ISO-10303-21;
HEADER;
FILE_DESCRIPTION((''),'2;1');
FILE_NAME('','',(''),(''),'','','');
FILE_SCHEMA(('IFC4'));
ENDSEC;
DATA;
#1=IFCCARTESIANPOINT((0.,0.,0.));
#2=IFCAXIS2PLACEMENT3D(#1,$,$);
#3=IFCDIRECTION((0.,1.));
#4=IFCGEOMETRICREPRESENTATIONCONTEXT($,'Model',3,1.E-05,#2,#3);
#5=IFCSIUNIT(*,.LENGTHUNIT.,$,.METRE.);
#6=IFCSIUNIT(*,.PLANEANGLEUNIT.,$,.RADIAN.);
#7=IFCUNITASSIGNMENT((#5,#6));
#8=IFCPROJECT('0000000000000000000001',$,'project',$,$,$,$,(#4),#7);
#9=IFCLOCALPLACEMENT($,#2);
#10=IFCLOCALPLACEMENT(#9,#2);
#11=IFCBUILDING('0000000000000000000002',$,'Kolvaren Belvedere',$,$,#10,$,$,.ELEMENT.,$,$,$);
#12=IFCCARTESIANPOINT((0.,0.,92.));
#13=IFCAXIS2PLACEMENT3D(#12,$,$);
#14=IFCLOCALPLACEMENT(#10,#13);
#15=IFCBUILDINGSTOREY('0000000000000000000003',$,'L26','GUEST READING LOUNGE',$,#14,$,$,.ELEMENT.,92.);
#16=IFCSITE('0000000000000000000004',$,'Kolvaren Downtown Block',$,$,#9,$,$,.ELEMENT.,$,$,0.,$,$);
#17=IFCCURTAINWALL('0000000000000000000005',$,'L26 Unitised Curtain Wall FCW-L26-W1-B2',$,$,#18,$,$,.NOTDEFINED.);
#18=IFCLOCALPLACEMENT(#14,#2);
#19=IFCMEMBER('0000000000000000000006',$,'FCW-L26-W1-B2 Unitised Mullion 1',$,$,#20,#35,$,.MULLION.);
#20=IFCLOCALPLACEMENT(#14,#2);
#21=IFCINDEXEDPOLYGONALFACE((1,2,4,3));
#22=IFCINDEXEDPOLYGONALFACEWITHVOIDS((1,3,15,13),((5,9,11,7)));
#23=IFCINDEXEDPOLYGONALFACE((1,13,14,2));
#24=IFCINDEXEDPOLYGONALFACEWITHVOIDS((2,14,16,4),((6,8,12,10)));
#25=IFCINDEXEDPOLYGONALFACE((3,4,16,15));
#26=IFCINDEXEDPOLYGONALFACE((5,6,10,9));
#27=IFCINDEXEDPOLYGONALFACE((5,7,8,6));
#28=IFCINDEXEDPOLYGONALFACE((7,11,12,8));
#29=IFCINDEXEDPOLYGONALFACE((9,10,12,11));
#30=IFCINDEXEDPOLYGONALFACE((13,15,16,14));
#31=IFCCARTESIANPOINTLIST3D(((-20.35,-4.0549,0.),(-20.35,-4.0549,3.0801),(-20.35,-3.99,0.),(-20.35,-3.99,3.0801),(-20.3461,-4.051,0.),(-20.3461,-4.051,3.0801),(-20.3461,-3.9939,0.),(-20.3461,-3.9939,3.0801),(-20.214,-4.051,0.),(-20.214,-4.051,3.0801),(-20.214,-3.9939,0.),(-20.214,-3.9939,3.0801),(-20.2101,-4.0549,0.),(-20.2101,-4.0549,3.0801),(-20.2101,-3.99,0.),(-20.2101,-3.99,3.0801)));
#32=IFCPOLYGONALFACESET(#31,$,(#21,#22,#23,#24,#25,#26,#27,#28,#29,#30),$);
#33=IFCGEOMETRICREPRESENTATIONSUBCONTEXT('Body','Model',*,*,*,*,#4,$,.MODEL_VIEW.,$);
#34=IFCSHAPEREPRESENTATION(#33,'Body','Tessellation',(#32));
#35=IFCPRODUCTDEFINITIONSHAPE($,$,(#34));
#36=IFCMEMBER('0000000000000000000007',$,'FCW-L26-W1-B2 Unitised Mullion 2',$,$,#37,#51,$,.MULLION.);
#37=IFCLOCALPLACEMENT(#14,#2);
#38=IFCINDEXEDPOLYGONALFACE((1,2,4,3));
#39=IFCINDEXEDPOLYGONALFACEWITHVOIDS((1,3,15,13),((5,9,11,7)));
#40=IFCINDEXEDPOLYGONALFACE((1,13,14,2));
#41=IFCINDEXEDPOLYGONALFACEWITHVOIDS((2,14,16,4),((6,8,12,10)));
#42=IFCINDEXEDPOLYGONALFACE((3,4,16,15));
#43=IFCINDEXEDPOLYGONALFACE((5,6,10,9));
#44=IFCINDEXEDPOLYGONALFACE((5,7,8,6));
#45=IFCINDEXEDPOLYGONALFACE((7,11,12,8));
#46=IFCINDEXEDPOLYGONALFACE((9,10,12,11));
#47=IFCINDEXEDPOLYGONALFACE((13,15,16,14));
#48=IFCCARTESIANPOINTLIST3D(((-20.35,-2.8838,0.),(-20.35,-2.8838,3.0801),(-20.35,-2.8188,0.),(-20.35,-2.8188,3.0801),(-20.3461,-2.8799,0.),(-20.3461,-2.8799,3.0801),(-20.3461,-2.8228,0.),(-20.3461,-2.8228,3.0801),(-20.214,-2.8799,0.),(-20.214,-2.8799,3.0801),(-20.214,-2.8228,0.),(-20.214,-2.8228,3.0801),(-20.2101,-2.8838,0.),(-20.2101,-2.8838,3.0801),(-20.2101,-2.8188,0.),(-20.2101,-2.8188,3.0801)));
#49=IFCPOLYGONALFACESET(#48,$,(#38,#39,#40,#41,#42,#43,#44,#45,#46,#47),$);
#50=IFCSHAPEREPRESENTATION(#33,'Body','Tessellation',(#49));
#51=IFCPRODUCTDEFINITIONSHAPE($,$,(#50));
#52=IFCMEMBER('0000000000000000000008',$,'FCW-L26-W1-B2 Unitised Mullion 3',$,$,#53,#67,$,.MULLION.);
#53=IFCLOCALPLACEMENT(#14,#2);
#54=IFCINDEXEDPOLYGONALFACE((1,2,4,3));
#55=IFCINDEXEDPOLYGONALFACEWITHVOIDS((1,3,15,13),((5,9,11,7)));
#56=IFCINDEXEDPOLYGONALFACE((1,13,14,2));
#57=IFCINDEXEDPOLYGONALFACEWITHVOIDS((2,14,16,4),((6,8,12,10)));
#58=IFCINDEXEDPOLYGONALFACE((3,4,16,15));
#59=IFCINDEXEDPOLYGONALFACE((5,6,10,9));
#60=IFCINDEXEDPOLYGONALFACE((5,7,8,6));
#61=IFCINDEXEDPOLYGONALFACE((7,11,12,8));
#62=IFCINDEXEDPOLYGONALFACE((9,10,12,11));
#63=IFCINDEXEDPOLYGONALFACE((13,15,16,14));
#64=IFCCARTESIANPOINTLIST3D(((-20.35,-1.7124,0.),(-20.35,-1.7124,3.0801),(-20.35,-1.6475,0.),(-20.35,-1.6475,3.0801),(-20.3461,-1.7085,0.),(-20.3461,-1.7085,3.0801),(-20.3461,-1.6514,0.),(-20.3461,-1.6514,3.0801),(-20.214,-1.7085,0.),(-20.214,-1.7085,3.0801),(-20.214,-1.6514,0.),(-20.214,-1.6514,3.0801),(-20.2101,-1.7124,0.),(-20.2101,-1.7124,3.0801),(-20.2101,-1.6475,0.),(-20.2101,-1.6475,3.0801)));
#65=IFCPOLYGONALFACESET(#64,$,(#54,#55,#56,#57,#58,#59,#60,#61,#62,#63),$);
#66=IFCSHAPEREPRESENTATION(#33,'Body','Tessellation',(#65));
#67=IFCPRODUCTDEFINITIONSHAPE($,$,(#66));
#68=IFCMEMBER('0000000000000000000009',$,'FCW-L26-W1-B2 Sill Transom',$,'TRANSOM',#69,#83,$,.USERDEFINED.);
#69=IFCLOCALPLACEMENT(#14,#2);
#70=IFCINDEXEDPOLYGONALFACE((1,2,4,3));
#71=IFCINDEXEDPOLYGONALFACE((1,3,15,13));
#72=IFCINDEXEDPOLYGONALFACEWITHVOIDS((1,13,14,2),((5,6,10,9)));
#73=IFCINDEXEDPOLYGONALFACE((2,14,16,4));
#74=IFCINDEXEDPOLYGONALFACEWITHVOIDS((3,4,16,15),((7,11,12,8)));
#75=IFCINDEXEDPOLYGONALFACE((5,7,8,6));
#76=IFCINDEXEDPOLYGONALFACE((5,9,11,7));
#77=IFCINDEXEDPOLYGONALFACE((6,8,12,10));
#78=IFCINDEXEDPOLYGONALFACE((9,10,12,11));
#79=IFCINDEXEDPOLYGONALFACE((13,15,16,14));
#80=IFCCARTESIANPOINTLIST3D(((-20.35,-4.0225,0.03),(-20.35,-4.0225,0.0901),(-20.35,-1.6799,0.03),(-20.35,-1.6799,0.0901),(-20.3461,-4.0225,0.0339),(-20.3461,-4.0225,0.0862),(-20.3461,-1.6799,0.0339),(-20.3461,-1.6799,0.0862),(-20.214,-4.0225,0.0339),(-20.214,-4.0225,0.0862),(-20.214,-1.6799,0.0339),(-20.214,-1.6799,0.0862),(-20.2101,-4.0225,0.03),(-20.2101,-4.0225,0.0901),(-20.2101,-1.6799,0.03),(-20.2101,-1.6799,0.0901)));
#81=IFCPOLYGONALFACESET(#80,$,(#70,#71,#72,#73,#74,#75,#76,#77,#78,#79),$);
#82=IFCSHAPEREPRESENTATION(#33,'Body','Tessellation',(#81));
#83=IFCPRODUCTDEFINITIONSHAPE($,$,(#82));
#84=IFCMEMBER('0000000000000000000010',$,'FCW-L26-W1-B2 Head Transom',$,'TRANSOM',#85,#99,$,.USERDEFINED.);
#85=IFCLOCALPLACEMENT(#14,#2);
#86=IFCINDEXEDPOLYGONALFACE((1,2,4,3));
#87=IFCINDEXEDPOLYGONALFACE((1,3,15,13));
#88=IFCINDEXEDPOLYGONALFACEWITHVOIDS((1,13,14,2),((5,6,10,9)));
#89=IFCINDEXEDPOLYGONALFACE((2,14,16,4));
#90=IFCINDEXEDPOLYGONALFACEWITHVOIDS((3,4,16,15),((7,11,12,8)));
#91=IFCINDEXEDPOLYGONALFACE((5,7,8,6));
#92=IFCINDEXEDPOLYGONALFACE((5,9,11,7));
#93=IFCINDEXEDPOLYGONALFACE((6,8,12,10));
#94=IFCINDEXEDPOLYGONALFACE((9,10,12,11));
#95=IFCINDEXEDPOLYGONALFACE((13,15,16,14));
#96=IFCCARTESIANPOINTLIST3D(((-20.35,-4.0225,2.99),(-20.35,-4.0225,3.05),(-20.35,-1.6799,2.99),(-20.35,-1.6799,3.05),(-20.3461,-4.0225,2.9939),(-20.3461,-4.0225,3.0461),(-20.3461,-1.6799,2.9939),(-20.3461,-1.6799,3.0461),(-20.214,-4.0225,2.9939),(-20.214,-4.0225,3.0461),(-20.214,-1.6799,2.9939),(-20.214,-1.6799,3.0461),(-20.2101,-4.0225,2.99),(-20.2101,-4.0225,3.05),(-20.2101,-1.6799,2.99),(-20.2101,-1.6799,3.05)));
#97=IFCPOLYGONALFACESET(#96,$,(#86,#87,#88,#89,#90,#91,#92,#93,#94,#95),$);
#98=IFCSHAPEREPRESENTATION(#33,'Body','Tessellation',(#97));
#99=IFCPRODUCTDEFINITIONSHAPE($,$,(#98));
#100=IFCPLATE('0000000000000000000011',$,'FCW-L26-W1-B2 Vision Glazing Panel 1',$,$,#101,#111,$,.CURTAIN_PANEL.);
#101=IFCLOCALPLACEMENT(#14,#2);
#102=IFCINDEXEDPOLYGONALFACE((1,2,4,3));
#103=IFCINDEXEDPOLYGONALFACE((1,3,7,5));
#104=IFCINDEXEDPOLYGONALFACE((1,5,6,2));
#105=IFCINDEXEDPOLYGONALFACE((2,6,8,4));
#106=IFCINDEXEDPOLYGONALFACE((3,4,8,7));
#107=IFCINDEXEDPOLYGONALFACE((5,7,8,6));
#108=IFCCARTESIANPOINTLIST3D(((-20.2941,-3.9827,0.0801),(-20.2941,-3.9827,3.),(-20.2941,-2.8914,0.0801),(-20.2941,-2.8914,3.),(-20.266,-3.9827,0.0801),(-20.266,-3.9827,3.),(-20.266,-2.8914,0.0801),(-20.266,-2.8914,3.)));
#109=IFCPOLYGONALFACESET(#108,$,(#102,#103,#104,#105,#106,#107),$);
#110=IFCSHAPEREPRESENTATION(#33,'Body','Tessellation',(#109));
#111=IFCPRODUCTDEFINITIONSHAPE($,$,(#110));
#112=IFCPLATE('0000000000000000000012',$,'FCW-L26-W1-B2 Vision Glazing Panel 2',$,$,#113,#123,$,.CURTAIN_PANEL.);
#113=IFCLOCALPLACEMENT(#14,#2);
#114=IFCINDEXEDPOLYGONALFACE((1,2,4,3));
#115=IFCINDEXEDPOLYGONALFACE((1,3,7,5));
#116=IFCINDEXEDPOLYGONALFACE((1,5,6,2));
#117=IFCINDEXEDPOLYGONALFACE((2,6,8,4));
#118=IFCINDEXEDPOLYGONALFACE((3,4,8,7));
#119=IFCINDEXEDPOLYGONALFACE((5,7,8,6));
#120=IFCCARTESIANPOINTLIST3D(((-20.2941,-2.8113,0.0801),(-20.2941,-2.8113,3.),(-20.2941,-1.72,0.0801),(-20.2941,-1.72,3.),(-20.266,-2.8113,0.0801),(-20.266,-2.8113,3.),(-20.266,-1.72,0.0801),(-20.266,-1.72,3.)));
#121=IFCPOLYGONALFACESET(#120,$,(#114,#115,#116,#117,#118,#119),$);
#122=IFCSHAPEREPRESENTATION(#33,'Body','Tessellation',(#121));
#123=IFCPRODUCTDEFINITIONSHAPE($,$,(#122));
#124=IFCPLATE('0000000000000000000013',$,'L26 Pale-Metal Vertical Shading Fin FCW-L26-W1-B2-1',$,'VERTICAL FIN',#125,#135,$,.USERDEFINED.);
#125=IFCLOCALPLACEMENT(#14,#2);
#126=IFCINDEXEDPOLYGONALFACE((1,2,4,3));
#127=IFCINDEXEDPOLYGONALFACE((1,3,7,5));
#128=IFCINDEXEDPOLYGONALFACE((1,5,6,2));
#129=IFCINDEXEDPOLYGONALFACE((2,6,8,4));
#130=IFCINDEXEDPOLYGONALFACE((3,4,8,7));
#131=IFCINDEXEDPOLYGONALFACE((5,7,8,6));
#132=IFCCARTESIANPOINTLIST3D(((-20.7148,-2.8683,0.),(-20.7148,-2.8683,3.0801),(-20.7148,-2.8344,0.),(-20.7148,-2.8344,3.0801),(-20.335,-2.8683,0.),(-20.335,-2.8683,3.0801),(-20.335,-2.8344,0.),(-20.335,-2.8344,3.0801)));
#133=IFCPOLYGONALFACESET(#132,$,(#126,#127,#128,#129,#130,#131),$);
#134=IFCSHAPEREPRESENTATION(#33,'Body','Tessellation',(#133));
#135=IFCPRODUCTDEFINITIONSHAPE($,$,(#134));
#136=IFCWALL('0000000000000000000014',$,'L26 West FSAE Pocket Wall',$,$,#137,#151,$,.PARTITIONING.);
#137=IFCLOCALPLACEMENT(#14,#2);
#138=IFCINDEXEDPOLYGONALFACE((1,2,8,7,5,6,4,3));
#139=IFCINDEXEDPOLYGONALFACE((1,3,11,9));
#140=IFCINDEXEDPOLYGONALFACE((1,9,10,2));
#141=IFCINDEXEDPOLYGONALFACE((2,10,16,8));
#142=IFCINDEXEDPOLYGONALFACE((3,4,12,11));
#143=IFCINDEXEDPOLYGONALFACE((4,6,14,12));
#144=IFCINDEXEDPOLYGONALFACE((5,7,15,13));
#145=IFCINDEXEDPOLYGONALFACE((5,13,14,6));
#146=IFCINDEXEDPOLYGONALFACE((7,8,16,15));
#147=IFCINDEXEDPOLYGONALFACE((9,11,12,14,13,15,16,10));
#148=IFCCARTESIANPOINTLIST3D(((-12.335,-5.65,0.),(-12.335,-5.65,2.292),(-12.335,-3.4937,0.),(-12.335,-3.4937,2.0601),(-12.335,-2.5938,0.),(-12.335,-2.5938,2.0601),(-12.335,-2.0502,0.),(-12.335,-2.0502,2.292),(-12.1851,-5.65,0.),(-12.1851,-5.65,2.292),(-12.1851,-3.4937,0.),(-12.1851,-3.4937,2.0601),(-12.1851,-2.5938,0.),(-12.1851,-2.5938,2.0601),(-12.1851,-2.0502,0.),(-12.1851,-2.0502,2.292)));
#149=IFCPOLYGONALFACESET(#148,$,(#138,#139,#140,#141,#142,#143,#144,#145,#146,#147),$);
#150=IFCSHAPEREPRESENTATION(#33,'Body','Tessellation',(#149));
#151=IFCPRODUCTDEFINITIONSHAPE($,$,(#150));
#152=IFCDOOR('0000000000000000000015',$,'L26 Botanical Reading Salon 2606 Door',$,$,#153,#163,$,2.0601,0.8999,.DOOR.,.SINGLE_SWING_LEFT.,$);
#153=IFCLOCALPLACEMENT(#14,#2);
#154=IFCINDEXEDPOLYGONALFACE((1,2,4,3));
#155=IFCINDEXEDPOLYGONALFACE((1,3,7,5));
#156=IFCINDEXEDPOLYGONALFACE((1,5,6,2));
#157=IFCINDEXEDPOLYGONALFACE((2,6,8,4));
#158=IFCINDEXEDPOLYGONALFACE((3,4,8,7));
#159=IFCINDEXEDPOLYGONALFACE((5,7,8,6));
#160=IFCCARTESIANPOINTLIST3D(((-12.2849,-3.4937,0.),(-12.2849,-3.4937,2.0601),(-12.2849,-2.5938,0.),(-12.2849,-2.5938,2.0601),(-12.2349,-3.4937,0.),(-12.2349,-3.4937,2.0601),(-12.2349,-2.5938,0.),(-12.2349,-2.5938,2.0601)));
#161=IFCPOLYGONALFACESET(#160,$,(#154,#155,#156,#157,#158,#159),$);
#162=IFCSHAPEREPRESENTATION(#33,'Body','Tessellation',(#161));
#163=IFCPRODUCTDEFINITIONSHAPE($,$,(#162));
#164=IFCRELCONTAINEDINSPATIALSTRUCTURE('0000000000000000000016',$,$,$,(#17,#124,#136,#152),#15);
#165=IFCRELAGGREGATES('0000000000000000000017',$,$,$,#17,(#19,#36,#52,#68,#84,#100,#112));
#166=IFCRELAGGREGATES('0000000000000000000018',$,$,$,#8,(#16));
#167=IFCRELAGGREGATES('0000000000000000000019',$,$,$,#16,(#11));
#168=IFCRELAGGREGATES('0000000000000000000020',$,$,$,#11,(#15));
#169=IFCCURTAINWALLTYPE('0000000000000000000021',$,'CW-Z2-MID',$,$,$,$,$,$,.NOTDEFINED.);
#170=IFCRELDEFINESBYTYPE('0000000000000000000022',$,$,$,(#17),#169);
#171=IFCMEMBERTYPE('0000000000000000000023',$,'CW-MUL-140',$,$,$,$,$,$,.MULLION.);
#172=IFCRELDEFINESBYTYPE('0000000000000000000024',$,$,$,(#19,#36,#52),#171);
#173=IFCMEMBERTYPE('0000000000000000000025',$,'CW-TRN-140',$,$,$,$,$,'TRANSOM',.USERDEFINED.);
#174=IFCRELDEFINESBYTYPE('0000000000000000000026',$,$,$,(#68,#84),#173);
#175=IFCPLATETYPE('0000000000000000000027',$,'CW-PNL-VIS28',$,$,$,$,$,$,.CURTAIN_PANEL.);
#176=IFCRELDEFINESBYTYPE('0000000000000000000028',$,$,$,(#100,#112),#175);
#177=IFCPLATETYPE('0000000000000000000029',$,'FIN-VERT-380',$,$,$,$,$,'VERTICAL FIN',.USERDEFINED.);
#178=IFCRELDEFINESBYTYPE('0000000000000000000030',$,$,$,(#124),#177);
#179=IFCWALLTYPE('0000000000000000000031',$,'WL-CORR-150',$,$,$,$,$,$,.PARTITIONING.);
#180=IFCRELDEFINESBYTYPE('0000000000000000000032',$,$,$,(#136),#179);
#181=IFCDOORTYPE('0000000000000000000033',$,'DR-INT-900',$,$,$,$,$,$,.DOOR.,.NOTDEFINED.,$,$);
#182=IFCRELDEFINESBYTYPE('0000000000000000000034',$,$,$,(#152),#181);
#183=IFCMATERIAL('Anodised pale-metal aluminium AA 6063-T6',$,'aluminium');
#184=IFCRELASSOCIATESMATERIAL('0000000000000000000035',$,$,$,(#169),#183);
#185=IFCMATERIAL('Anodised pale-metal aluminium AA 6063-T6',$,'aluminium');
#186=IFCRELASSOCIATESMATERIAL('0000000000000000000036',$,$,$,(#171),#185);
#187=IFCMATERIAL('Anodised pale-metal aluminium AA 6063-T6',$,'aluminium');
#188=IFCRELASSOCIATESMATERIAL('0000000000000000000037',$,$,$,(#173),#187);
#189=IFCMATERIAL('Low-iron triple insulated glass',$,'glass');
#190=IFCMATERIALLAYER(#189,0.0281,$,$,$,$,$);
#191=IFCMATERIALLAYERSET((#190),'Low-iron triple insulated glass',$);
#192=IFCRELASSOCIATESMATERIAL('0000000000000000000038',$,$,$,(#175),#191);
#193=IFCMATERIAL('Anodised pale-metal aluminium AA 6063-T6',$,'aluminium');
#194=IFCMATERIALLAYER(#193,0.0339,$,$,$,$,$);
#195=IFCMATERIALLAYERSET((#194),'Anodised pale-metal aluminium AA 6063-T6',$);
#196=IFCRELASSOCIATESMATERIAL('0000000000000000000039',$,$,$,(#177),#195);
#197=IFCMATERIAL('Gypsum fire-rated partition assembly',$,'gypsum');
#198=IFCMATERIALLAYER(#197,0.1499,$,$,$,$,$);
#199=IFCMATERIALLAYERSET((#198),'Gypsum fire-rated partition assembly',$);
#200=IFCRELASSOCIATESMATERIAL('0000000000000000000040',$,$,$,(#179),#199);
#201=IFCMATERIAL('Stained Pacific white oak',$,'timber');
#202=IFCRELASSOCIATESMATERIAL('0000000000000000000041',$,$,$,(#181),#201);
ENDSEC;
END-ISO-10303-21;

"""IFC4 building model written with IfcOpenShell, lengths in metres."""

from ifc_helpers import new_model, si_unit, direction, frame, frame_2d, origin, origin_2d, place, context, subcontext, project, spatial, rectangle, hollow_rectangle, extrude, material, layer, layer_set, material_profile, profile_set, type_object, element, fill, aggregate, save


model = new_model("IFC4")

# Units and contexts
model_context = context("Model", 3, precision=1e-05, world=origin(), true_north=direction((0.0, 1.0)))
body_context = subcontext(model_context, "Body", "Model", "MODEL_VIEW")
ifc_project = project(units=[si_unit("LENGTHUNIT", "METRE"), si_unit("PLANEANGLEUNIT", "RADIAN")], contexts=[model_context])

# Site, building, storey
site_placement = place(None, origin())
site = spatial("IfcSite", under=ifc_project, at=site_placement, Name="Kolvaren Downtown Block", CompositionType="ELEMENT", RefElevation=0.0)
building_placement = place(site_placement, origin())
building = spatial("IfcBuilding", under=site, at=building_placement, Name="Kolvaren Belvedere", CompositionType="ELEMENT")
storey_placement = place(building_placement, frame((0.0, 0.0, 92.0)))
storey = spatial("IfcBuildingStorey", under=building, at=storey_placement, Name="L26", Description="GUEST READING LOUNGE", CompositionType="ELEMENT", Elevation=92.0)

# Shared definitions
ifc_material_1 = material(Name="Anodised pale-metal aluminium AA 6063-T6", Category="aluminium")
curtain_wall_type = type_object("IfcCurtainWallType", Name="CW-Z2-MID", PredefinedType="NOTDEFINED", material=ifc_material_1)
ifc_material_2 = material(Name="Anodised pale-metal aluminium AA 6063-T6", Category="aluminium")
ifc_material_profile_1 = material_profile(ifc_material_2, hollow_rectangle(XDim=0.0649, YDim=0.1399, WallThickness=0.0039, at=origin_2d()), Name="ALU-MUL-140X65")
ifc_profile_set_1 = profile_set([ifc_material_profile_1], Name="Anodised pale-metal aluminium AA 6063-T6")
member_type_1 = type_object("IfcMemberType", Name="CW-MUL-140", PredefinedType="MULLION", material=ifc_profile_set_1)

# Curtain wall, members, plates
curtain_wall_1_placement = place(storey_placement, origin())
curtain_wall_1 = element("IfcCurtainWall", 1, at=curtain_wall_1_placement, inside=storey, type_object=curtain_wall_type, Name="L26 Unitised Curtain Wall FCW-L26-W1-B2", PredefinedType="NOTDEFINED")
member_1_placement = place(storey_placement, frame((-20.28, -4.0225, 0.0), z_axis=(0.0, 0.0, 1.0), x_axis=(0.0, 1.0, 0.0)))
member_1 = element("IfcMember", 2, at=member_1_placement, type_object=member_type_1, Name="FCW-L26-W1-B2 Unitised Mullion 1", PredefinedType="MULLION", context=body_context, shape_type="SweptSolid", body=[
    extrude(hollow_rectangle(XDim=0.0649, YDim=0.1399, WallThickness=0.0039, at=origin_2d()), origin(), (0.0, 0.0, 1.0), 3.0801),
])
member_2_placement = place(storey_placement, frame((-20.28, -2.8513, 0.0), z_axis=(0.0, 0.0, 1.0), x_axis=(0.0, 1.0, 0.0)))
member_2 = element("IfcMember", 3, at=member_2_placement, type_object=member_type_1, Name="FCW-L26-W1-B2 Unitised Mullion 2", PredefinedType="MULLION", context=body_context, shape_type="SweptSolid", body=[
    extrude(hollow_rectangle(XDim=0.0649, YDim=0.1399, WallThickness=0.0039, at=origin_2d()), origin(), (0.0, 0.0, 1.0), 3.0801),
])
member_3_placement = place(storey_placement, frame((-20.28, -1.6799, 0.0), z_axis=(0.0, 0.0, 1.0), x_axis=(0.0, 1.0, 0.0)))
member_3 = element("IfcMember", 4, at=member_3_placement, type_object=member_type_1, Name="FCW-L26-W1-B2 Unitised Mullion 3", PredefinedType="MULLION", context=body_context, shape_type="SweptSolid", body=[
    extrude(hollow_rectangle(XDim=0.0649, YDim=0.1399, WallThickness=0.0039, at=origin_2d()), origin(), (0.0, 0.0, 1.0), 3.0801),
])
ifc_material_3 = material(Name="Anodised pale-metal aluminium AA 6063-T6", Category="aluminium")
ifc_material_profile_2 = material_profile(ifc_material_3, hollow_rectangle(XDim=0.0601, YDim=0.1399, WallThickness=0.0039, at=origin_2d()), Name="ALU-TRN-140X60")
ifc_profile_set_2 = profile_set([ifc_material_profile_2], Name="Anodised pale-metal aluminium AA 6063-T6")
member_type_2 = type_object("IfcMemberType", Name="CW-TRN-140", ElementType="TRANSOM", PredefinedType="USERDEFINED", material=ifc_profile_set_2)
member_4_placement = place(storey_placement, frame((-20.28, -4.0225, 0.0601), z_axis=(0.0, 1.0, 0.0), x_axis=(0.0, 0.0, 1.0)))
member_4 = element("IfcMember", 5, at=member_4_placement, type_object=member_type_2, Name="FCW-L26-W1-B2 Sill Transom", ObjectType="TRANSOM", PredefinedType="USERDEFINED", context=body_context, shape_type="SweptSolid", body=[
    extrude(hollow_rectangle(XDim=0.0601, YDim=0.1399, WallThickness=0.0039, at=origin_2d()), origin(), (0.0, 0.0, 1.0), 2.3425),
])
member_5_placement = place(storey_placement, frame((-20.28, -4.0225, 3.02), z_axis=(0.0, 1.0, 0.0), x_axis=(0.0, 0.0, 1.0)))
member_5 = element("IfcMember", 6, at=member_5_placement, type_object=member_type_2, Name="FCW-L26-W1-B2 Head Transom", ObjectType="TRANSOM", PredefinedType="USERDEFINED", context=body_context, shape_type="SweptSolid", body=[
    extrude(hollow_rectangle(XDim=0.0601, YDim=0.1399, WallThickness=0.0039, at=origin_2d()), origin(), (0.0, 0.0, 1.0), 2.3425),
])
ifc_material_4 = material(Name="Low-iron triple insulated glass", Category="glass")
ifc_layer_1 = layer(ifc_material_4, 0.0281)
ifc_layer_set_1 = layer_set([ifc_layer_1], Name="Low-iron triple insulated glass")
plate_type_1 = type_object("IfcPlateType", Name="CW-PNL-VIS28", PredefinedType="CURTAIN_PANEL", material=ifc_layer_set_1)
plate_1_placement = place(storey_placement, frame((-20.28, -3.437, 0.0801), z_axis=(0.0, 0.0, 1.0), x_axis=(0.0, 1.0, 0.0)))
plate_1 = element("IfcPlate", 7, at=plate_1_placement, type_object=plate_type_1, Name="FCW-L26-W1-B2 Vision Glazing Panel 1", PredefinedType="CURTAIN_PANEL", context=body_context, shape_type="SweptSolid", body=[
    extrude(rectangle(XDim=1.0913, YDim=0.0281, at=origin_2d()), origin(), (0.0, 0.0, 1.0), 2.9199),
])
plate_2_placement = place(storey_placement, frame((-20.28, -2.2656, 0.0801), z_axis=(0.0, 0.0, 1.0), x_axis=(0.0, 1.0, 0.0)))
plate_2 = element("IfcPlate", 8, at=plate_2_placement, type_object=plate_type_1, Name="FCW-L26-W1-B2 Vision Glazing Panel 2", PredefinedType="CURTAIN_PANEL", context=body_context, shape_type="SweptSolid", body=[
    extrude(rectangle(XDim=1.0913, YDim=0.0281, at=origin_2d()), origin(), (0.0, 0.0, 1.0), 2.9199),
])
aggregate(curtain_wall_1, [member_1, member_2, member_3, member_4, member_5, plate_1, plate_2])

# Plate
ifc_material_5 = material(Name="Anodised pale-metal aluminium AA 6063-T6", Category="aluminium")
ifc_layer_2 = layer(ifc_material_5, 0.0339)
ifc_layer_set_2 = layer_set([ifc_layer_2], Name="Anodised pale-metal aluminium AA 6063-T6")
plate_type_2 = type_object("IfcPlateType", Name="FIN-VERT-380", ElementType="VERTICAL FIN", PredefinedType="USERDEFINED", material=ifc_layer_set_2)
plate_3_placement = place(storey_placement, frame((-20.5249, -2.8513, 0.0), z_axis=(0.0, 0.0, 1.0), x_axis=(1.0, 0.0, 0.0)))
element("IfcPlate", 9, at=plate_3_placement, inside=storey, type_object=plate_type_2, Name="L26 Pale-Metal Vertical Shading Fin FCW-L26-W1-B2-1", ObjectType="VERTICAL FIN", PredefinedType="USERDEFINED", context=body_context, shape_type="SweptSolid", body=[
    extrude(rectangle(XDim=0.3799, YDim=0.0339, at=origin_2d()), origin(), (0.0, 0.0, 1.0), 3.0801),
])

# Wall, opening, door
ifc_material_6 = material(Name="Gypsum fire-rated partition assembly", Category="gypsum")
ifc_layer_3 = layer(ifc_material_6, 0.1499)
ifc_layer_set_3 = layer_set([ifc_layer_3], Name="Gypsum fire-rated partition assembly")
wall_type_1 = type_object("IfcWallType", Name="WL-CORR-150", PredefinedType="PARTITIONING", material=ifc_layer_set_3)
wall_1_placement = place(storey_placement, frame((-12.26, -5.6499, 0.0), z_axis=(0.0, 0.0, 1.0), x_axis=(0.0, 1.0, 0.0)))
wall_1 = element("IfcWall", 10, at=wall_1_placement, inside=storey, type_object=wall_type_1, Name="L26 West FSAE Pocket Wall", PredefinedType="PARTITIONING", context=body_context, shape_type="SweptSolid", body=[
    extrude(rectangle(XDim=3.5999, YDim=0.1499, at=frame_2d((1.7998, 0.0))), origin(), (0.0, 0.0, 1.0), 2.292),
])
opening_1_placement = place(wall_1_placement, frame((2.1562, 0.0, 0.0)))
opening_1 = element("IfcOpeningElement", 11, at=opening_1_placement, cuts=wall_1, PredefinedType="OPENING", context=body_context, shape_type="SweptSolid", body=[
    extrude(rectangle(XDim=0.8999, YDim=2.0601, at=frame_2d((0.45, 1.03))), frame((0.0, 0.085, 0.0), z_axis=(0.0, -1.0, 0.0), x_axis=(1.0, 0.0, 0.0)), (0.0, 0.0, 1.0), 0.1699),
])
ifc_material_7 = material(Name="Stained Pacific white oak", Category="timber")
door_type_1 = type_object("IfcDoorType", Name="DR-INT-900", OperationType="NOTDEFINED", PredefinedType="DOOR", material=ifc_material_7)
door_1_placement = place(opening_1_placement, origin())
door_1 = element("IfcDoor", 12, at=door_1_placement, inside=storey, type_object=door_type_1, Name="L26 Botanical Reading Salon 2606 Door", OperationType="SINGLE_SWING_LEFT", OverallHeight=2.0601, OverallWidth=0.8999, PredefinedType="DOOR", context=body_context, shape_type="SweptSolid", body=[
    extrude(rectangle(XDim=0.8999, YDim=2.0601, at=frame_2d((0.45, 1.03))), frame((0.0, 0.0249, 0.0), z_axis=(0.0, -1.0, 0.0), x_axis=(1.0, 0.0, 0.0)), (0.0, 0.0, 1.0), 0.05),
])
fill(opening_1, door_1)

save(model, "model.ifc")
